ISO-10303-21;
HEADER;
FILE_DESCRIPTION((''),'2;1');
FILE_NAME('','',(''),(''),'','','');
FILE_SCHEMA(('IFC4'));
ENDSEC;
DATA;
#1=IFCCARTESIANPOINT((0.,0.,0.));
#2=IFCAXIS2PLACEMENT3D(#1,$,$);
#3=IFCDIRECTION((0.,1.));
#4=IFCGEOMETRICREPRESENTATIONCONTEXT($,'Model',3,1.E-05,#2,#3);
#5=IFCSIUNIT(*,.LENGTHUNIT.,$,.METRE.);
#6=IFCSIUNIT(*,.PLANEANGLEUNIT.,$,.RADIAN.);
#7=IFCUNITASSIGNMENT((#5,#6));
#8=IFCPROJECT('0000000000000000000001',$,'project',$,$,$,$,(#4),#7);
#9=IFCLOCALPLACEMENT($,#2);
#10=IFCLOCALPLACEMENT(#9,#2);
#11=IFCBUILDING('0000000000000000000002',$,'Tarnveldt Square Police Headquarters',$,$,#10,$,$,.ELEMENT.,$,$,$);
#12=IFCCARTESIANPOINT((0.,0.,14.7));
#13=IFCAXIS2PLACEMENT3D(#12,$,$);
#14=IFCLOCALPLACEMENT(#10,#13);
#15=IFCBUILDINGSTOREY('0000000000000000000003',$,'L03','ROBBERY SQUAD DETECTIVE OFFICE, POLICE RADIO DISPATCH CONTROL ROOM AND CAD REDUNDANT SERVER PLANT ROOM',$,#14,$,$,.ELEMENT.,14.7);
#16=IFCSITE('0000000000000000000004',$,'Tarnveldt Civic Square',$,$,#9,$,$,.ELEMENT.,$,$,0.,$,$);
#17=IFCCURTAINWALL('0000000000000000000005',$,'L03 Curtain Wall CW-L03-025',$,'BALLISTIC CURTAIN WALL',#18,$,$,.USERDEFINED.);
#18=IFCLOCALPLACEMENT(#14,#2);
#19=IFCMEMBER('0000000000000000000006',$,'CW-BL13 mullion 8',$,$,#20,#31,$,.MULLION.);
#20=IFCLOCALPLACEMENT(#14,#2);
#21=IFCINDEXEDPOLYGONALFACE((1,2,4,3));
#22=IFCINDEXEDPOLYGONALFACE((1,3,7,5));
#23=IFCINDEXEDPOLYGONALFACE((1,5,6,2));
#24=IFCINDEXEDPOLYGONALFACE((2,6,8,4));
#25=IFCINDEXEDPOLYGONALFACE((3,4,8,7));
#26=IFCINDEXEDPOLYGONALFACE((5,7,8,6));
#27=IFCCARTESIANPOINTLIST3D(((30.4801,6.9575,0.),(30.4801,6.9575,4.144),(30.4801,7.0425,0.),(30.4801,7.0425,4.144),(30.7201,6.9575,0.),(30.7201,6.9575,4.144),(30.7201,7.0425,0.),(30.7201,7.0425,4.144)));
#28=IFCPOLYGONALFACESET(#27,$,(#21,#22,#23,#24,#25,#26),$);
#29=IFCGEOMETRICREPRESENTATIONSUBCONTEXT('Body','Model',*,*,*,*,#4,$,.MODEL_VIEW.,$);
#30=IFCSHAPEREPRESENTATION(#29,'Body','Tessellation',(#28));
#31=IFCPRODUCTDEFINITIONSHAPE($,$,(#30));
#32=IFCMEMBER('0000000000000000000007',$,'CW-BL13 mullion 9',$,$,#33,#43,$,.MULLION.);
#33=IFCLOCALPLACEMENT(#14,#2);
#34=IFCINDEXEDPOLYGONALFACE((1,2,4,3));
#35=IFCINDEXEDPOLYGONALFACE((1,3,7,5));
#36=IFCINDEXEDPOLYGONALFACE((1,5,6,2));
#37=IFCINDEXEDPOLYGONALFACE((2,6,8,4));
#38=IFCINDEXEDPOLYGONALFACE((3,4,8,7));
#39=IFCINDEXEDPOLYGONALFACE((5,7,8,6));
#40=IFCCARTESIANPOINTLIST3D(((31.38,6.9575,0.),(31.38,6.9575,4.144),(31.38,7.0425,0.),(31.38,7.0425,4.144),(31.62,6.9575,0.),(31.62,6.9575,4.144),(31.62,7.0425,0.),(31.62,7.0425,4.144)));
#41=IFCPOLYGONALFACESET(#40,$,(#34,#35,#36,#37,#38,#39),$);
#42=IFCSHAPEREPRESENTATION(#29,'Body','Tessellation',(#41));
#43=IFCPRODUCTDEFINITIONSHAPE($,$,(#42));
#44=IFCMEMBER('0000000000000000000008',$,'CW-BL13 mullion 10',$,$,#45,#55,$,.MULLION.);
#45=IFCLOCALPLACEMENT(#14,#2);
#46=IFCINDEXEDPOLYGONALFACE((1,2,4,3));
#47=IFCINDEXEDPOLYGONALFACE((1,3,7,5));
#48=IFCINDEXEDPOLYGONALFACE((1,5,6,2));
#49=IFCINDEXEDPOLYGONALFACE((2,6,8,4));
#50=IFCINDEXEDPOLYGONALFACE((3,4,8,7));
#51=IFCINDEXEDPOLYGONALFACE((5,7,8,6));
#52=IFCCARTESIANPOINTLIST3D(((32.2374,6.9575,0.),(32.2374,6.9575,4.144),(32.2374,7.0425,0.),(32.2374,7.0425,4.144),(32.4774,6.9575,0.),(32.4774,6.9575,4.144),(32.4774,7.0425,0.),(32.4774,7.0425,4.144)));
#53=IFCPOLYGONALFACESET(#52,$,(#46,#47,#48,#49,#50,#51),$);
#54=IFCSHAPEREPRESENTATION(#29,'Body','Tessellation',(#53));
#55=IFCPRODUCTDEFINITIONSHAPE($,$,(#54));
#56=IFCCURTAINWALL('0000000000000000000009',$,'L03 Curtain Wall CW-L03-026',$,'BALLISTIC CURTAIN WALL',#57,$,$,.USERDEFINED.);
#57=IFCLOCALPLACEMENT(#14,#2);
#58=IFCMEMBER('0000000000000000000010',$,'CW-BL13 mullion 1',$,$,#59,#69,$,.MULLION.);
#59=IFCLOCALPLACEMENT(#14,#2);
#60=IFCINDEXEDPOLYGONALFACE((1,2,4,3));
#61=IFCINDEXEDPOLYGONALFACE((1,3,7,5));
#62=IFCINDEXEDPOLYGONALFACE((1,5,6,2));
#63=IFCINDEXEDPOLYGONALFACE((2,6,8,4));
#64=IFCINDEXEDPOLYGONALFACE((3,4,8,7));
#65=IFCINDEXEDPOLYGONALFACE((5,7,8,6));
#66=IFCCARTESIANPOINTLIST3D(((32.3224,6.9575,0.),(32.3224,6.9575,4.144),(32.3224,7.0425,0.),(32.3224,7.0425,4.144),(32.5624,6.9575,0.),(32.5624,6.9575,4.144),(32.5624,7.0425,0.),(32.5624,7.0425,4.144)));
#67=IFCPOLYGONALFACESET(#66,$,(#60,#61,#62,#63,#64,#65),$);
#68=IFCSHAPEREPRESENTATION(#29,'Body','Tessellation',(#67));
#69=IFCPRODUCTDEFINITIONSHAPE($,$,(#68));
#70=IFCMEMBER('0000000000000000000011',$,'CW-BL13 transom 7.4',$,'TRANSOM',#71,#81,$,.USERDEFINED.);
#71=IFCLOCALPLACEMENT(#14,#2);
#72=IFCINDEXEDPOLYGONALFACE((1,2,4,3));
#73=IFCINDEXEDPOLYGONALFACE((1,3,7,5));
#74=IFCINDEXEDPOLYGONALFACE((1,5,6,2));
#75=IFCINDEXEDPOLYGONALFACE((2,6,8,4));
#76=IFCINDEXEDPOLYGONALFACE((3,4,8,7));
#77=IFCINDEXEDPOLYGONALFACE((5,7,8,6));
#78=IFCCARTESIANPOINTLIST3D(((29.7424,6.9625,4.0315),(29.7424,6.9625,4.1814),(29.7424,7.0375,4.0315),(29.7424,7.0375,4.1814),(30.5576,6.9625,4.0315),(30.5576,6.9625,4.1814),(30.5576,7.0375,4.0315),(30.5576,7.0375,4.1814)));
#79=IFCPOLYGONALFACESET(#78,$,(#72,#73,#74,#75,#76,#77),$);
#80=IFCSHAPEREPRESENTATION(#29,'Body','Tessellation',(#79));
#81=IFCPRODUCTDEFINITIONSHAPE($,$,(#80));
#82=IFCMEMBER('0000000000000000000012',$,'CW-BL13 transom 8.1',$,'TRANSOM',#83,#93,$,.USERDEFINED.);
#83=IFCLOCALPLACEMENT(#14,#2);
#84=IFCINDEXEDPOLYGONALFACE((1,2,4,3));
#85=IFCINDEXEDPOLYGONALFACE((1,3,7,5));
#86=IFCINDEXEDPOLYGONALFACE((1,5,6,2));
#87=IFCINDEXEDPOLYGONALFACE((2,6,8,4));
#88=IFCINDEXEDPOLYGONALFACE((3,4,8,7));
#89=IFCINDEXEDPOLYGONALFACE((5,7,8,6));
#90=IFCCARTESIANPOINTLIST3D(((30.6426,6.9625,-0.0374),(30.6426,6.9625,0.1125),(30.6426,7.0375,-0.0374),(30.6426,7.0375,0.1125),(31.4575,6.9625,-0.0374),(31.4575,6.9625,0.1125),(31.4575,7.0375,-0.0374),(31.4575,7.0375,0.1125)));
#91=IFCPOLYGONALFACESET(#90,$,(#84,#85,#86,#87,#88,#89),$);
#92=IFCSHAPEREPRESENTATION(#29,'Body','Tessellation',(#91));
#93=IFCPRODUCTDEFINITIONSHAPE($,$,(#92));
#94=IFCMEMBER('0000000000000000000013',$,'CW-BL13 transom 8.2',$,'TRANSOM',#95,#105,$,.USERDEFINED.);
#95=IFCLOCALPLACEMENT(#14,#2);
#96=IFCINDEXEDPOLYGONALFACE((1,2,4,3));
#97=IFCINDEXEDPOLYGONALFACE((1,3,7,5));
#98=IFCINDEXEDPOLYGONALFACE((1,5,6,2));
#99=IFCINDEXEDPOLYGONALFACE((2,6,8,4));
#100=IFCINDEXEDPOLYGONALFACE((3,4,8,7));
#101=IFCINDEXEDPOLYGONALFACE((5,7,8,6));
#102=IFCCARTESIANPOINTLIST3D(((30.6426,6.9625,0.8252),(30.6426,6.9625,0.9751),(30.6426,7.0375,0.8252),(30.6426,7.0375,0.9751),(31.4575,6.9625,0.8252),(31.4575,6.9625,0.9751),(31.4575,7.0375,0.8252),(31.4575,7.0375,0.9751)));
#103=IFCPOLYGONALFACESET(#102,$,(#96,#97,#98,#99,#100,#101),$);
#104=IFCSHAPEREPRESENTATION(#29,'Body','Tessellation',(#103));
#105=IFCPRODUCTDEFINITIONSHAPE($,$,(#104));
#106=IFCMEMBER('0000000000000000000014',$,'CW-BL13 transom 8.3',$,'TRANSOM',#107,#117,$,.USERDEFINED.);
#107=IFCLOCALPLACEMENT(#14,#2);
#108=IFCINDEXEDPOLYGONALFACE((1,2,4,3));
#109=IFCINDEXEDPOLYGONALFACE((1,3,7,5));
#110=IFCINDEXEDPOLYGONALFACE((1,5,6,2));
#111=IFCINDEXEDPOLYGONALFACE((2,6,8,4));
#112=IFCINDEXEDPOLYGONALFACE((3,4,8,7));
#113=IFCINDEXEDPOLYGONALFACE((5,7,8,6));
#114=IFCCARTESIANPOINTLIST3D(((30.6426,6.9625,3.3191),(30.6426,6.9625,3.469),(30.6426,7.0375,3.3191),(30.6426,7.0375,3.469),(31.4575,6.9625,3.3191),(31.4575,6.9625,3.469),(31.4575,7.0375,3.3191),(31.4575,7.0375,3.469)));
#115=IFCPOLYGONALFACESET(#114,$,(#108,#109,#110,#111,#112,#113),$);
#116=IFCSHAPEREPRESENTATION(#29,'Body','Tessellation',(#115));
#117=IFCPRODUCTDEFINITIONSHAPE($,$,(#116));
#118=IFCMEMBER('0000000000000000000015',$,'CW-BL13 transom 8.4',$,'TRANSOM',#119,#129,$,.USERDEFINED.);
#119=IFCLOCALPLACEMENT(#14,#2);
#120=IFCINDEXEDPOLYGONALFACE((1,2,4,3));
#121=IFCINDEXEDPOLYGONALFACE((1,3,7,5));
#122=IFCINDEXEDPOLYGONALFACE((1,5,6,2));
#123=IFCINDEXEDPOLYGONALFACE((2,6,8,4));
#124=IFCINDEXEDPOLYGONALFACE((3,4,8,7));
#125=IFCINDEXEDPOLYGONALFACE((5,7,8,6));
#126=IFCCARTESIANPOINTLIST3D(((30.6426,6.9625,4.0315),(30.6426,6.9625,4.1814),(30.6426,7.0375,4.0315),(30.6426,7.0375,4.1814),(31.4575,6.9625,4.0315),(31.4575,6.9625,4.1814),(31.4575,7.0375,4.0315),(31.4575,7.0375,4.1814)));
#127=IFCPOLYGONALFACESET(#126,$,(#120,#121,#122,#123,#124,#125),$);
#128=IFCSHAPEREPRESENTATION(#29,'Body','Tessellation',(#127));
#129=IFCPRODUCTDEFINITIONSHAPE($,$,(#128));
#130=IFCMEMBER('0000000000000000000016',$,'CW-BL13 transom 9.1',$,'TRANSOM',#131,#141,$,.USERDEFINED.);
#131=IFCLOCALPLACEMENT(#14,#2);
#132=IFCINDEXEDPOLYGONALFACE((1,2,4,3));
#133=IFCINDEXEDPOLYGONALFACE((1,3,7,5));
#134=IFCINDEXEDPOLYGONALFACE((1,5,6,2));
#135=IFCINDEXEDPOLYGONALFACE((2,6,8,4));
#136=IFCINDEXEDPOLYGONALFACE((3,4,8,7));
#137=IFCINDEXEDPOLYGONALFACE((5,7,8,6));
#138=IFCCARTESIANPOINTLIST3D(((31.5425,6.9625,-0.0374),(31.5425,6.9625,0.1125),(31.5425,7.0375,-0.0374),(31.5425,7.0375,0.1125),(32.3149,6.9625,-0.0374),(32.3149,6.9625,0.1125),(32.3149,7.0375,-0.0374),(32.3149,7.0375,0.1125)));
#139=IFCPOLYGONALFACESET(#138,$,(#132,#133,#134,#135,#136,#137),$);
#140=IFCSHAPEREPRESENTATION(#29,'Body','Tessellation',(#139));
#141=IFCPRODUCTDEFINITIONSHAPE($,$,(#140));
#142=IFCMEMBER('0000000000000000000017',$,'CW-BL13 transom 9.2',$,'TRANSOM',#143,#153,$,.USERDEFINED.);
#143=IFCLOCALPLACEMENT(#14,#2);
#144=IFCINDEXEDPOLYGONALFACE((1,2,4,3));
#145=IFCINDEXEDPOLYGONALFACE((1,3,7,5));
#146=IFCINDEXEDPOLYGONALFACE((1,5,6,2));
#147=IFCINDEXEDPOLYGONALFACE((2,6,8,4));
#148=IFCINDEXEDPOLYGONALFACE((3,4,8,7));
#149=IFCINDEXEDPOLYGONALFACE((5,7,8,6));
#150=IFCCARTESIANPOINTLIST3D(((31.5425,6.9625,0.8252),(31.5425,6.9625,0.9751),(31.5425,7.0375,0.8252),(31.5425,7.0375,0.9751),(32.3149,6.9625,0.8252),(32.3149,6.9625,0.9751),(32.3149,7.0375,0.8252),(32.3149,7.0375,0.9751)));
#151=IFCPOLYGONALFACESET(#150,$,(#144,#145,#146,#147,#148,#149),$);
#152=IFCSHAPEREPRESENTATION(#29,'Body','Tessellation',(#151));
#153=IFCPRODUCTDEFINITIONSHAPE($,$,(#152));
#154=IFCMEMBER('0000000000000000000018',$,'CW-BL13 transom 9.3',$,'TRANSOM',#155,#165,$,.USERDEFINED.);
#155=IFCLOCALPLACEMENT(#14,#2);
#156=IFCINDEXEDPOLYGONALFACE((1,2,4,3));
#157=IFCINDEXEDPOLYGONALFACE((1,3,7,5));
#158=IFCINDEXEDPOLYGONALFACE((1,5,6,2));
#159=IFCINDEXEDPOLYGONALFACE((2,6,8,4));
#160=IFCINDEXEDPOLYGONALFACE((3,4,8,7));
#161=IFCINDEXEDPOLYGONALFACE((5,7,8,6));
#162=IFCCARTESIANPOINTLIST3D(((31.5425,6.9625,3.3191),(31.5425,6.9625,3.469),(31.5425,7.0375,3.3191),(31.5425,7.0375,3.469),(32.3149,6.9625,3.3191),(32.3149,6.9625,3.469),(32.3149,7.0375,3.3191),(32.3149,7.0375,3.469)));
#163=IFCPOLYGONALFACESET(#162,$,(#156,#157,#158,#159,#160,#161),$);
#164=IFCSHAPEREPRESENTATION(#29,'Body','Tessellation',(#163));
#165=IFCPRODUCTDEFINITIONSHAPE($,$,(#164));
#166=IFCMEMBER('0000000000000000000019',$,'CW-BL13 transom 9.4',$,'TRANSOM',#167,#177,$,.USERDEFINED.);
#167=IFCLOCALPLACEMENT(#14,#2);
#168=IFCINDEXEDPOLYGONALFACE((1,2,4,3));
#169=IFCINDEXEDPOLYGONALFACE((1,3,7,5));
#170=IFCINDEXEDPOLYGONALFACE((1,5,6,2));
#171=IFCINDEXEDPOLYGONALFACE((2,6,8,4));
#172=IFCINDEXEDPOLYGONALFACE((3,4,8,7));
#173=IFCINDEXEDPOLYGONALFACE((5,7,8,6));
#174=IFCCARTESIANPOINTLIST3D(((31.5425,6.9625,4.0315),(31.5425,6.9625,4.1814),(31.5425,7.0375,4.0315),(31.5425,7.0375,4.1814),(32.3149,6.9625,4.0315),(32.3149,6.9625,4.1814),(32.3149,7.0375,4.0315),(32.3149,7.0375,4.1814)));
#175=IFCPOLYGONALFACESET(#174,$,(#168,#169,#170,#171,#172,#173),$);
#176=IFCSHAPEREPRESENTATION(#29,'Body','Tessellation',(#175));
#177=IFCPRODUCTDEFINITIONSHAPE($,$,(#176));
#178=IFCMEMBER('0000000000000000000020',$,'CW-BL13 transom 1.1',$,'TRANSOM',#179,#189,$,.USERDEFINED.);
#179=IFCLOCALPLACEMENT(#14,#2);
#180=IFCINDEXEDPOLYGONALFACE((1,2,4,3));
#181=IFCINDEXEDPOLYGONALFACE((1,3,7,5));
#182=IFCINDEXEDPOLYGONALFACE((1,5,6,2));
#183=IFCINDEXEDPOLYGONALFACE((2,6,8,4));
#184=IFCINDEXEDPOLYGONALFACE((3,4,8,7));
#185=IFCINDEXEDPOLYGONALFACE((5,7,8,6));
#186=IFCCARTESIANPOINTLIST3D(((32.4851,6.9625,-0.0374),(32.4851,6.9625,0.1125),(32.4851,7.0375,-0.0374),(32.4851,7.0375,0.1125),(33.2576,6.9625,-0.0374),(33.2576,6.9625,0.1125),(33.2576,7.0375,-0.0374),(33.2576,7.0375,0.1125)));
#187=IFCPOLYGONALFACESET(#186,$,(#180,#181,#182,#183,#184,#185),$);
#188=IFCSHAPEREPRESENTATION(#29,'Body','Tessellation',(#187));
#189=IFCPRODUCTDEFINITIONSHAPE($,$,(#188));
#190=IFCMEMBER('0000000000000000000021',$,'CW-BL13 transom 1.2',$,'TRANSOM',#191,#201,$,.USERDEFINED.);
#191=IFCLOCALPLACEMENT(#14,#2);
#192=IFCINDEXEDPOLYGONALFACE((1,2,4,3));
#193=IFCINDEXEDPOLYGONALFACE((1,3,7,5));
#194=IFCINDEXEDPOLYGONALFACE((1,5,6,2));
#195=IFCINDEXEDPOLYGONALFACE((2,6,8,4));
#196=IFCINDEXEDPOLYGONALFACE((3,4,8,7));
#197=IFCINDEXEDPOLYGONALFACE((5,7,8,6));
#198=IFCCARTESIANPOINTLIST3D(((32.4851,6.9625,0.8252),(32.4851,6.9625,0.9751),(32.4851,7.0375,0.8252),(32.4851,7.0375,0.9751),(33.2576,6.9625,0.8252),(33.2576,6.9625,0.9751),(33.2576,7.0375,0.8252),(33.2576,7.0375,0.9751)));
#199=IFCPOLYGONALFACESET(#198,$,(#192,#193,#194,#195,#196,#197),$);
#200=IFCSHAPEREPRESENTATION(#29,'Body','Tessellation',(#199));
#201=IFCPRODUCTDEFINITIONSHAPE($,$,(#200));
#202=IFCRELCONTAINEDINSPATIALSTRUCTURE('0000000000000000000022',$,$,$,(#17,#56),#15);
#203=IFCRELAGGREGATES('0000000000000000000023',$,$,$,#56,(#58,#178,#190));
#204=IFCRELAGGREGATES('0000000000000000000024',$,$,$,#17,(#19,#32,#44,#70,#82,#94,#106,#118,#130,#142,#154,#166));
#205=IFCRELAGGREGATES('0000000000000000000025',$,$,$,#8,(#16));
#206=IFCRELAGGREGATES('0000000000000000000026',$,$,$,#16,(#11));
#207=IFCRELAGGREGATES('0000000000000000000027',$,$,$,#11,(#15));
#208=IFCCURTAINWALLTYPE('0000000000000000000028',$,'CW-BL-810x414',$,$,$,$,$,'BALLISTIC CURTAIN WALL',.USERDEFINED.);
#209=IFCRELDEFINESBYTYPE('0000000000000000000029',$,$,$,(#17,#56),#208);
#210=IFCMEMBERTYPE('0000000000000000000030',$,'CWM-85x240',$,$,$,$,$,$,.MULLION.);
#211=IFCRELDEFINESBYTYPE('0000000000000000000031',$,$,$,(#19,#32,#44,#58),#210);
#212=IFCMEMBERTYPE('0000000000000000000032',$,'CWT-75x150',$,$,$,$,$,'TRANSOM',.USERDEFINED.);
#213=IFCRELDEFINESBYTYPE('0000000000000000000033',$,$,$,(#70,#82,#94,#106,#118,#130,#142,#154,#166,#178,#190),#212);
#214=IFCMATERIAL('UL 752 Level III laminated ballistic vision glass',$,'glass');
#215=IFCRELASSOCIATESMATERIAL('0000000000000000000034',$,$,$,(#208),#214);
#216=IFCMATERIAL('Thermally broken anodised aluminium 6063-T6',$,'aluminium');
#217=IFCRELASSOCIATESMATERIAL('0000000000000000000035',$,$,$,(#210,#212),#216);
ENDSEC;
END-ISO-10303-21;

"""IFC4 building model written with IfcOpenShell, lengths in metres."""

from ifc_helpers import new_model, si_unit, direction, frame, origin, origin_2d, place, context, subcontext, project, spatial, rectangle, extrude, material, material_profile, profile_set, type_object, element, aggregate, save


model = new_model("IFC4")

# Units and contexts
model_context = context("Model", 3, precision=1e-05, world=origin(), true_north=direction((0.0, 1.0)))
body_context = subcontext(model_context, "Body", "Model", "MODEL_VIEW")
ifc_project = project(units=[si_unit("LENGTHUNIT", "METRE"), si_unit("PLANEANGLEUNIT", "RADIAN")], contexts=[model_context])

# Site, building, storey
site_placement = place(None, origin())
site = spatial("IfcSite", under=ifc_project, at=site_placement, Name="Tarnveldt Civic Square", CompositionType="ELEMENT", RefElevation=0.0)
building_placement = place(site_placement, origin())
building = spatial("IfcBuilding", under=site, at=building_placement, Name="Tarnveldt Square Police Headquarters", CompositionType="ELEMENT")
storey_placement = place(building_placement, frame((0.0, 0.0, 14.7)))
storey = spatial("IfcBuildingStorey", under=building, at=storey_placement, Name="L03", Description="ROBBERY SQUAD DETECTIVE OFFICE, POLICE RADIO DISPATCH CONTROL ROOM AND CAD REDUNDANT SERVER PLANT ROOM", CompositionType="ELEMENT", Elevation=14.7)

# Curtain wall, members
ifc_material_1 = material(Name="UL 752 Level III laminated ballistic vision glass", Category="glass")
curtain_wall_type = type_object("IfcCurtainWallType", Name="CW-BL-810x414", ElementType="BALLISTIC CURTAIN WALL", PredefinedType="USERDEFINED", material=ifc_material_1)
curtain_wall_1_placement = place(storey_placement, origin())
curtain_wall_1 = element("IfcCurtainWall", 1, at=curtain_wall_1_placement, inside=storey, type_object=curtain_wall_type, Name="L03 Curtain Wall CW-L03-025", ObjectType="BALLISTIC CURTAIN WALL", PredefinedType="USERDEFINED")
ifc_material_2 = material(Name="Thermally broken anodised aluminium 6063-T6", Category="aluminium")
ifc_material_profile_1 = material_profile(ifc_material_2, rectangle(XDim=0.085, YDim=0.24, at=origin_2d()), Name="CW-M85x240")
ifc_profile_set_1 = profile_set([ifc_material_profile_1], Name="Thermally broken anodised aluminium 6063-T6")
member_type_1 = type_object("IfcMemberType", Name="CWM-85x240", PredefinedType="MULLION", material=ifc_profile_set_1)
member_1_placement = place(storey_placement, frame((30.6001, 7.0, 0.0), z_axis=(0.0, 0.0, 1.0), x_axis=(0.0, 1.0, 0.0)))
member_1 = element("IfcMember", 2, at=member_1_placement, type_object=member_type_1, Name="CW-BL13 mullion 8", PredefinedType="MULLION", context=body_context, shape_type="SweptSolid", body=[
    extrude(rectangle(XDim=0.085, YDim=0.24, at=origin_2d()), origin(), (0.0, 0.0, 1.0), 4.144),
])
member_2_placement = place(storey_placement, frame((31.5, 7.0, 0.0), z_axis=(0.0, 0.0, 1.0), x_axis=(0.0, 1.0, 0.0)))
member_2 = element("IfcMember", 3, at=member_2_placement, type_object=member_type_1, Name="CW-BL13 mullion 9", PredefinedType="MULLION", context=body_context, shape_type="SweptSolid", body=[
    extrude(rectangle(XDim=0.085, YDim=0.24, at=origin_2d()), origin(), (0.0, 0.0, 1.0), 4.144),
])
member_3_placement = place(storey_placement, frame((32.3574, 7.0, 0.0), z_axis=(0.0, 0.0, 1.0), x_axis=(0.0, 1.0, 0.0)))
member_3 = element("IfcMember", 4, at=member_3_placement, type_object=member_type_1, Name="CW-BL13 mullion 10", PredefinedType="MULLION", context=body_context, shape_type="SweptSolid", body=[
    extrude(rectangle(XDim=0.085, YDim=0.24, at=origin_2d()), origin(), (0.0, 0.0, 1.0), 4.144),
])

# Curtain wall, member
curtain_wall_2_placement = place(storey_placement, origin())
curtain_wall_2 = element("IfcCurtainWall", 5, at=curtain_wall_2_placement, inside=storey, type_object=curtain_wall_type, Name="L03 Curtain Wall CW-L03-026", ObjectType="BALLISTIC CURTAIN WALL", PredefinedType="USERDEFINED")
member_4_placement = place(storey_placement, frame((32.4424, 7.0, 0.0), z_axis=(0.0, 0.0, 1.0), x_axis=(0.0, 1.0, 0.0)))
member_4 = element("IfcMember", 6, at=member_4_placement, type_object=member_type_1, Name="CW-BL13 mullion 1", PredefinedType="MULLION", context=body_context, shape_type="SweptSolid", body=[
    extrude(rectangle(XDim=0.085, YDim=0.24, at=origin_2d()), origin(), (0.0, 0.0, 1.0), 4.144),
])

# Members
ifc_material_profile_2 = material_profile(ifc_material_2, rectangle(XDim=0.075, YDim=0.1499, at=origin_2d()), Name="CW-T75x150")
ifc_profile_set_2 = profile_set([ifc_material_profile_2], Name="Thermally broken anodised aluminium 6063-T6")
member_type_2 = type_object("IfcMemberType", Name="CWT-75x150", ElementType="TRANSOM", PredefinedType="USERDEFINED", material=ifc_profile_set_2)
member_5_placement = place(storey_placement, frame((29.7424, 7.0, 4.1064), z_axis=(1.0, 0.0, 0.0), x_axis=(0.0, 1.0, 0.0)))
member_5 = element("IfcMember", 7, at=member_5_placement, type_object=member_type_2, Name="CW-BL13 transom 7.4", ObjectType="TRANSOM", PredefinedType="USERDEFINED", context=body_context, shape_type="SweptSolid", body=[
    extrude(rectangle(XDim=0.075, YDim=0.1499, at=origin_2d()), origin(), (0.0, 0.0, 1.0), 0.8152),
])
member_6_placement = place(storey_placement, frame((30.6426, 7.0, 0.0376), z_axis=(1.0, 0.0, 0.0), x_axis=(0.0, 1.0, 0.0)))
member_6 = element("IfcMember", 8, at=member_6_placement, type_object=member_type_2, Name="CW-BL13 transom 8.1", ObjectType="TRANSOM", PredefinedType="USERDEFINED", context=body_context, shape_type="SweptSolid", body=[
    extrude(rectangle(XDim=0.075, YDim=0.1499, at=origin_2d()), origin(), (0.0, 0.0, 1.0), 0.8149),
])
member_7_placement = place(storey_placement, frame((30.6426, 7.0, 0.9001), z_axis=(1.0, 0.0, 0.0), x_axis=(0.0, 1.0, 0.0)))
member_7 = element("IfcMember", 9, at=member_7_placement, type_object=member_type_2, Name="CW-BL13 transom 8.2", ObjectType="TRANSOM", PredefinedType="USERDEFINED", context=body_context, shape_type="SweptSolid", body=[
    extrude(rectangle(XDim=0.075, YDim=0.1499, at=origin_2d()), origin(), (0.0, 0.0, 1.0), 0.8149),
])
member_8_placement = place(storey_placement, frame((30.6426, 7.0, 3.394), z_axis=(1.0, 0.0, 0.0), x_axis=(0.0, 1.0, 0.0)))
member_8 = element("IfcMember", 10, at=member_8_placement, type_object=member_type_2, Name="CW-BL13 transom 8.3", ObjectType="TRANSOM", PredefinedType="USERDEFINED", context=body_context, shape_type="SweptSolid", body=[
    extrude(rectangle(XDim=0.075, YDim=0.1499, at=origin_2d()), origin(), (0.0, 0.0, 1.0), 0.8149),
])
member_9_placement = place(storey_placement, frame((30.6426, 7.0, 4.1064), z_axis=(1.0, 0.0, 0.0), x_axis=(0.0, 1.0, 0.0)))
member_9 = element("IfcMember", 11, at=member_9_placement, type_object=member_type_2, Name="CW-BL13 transom 8.4", ObjectType="TRANSOM", PredefinedType="USERDEFINED", context=body_context, shape_type="SweptSolid", body=[
    extrude(rectangle(XDim=0.075, YDim=0.1499, at=origin_2d()), origin(), (0.0, 0.0, 1.0), 0.8149),
])
member_10_placement = place(storey_placement, frame((31.5425, 7.0, 0.0376), z_axis=(1.0, 0.0, 0.0), x_axis=(0.0, 1.0, 0.0)))
member_10 = element("IfcMember", 12, at=member_10_placement, type_object=member_type_2, Name="CW-BL13 transom 9.1", ObjectType="TRANSOM", PredefinedType="USERDEFINED", context=body_context, shape_type="SweptSolid", body=[
    extrude(rectangle(XDim=0.075, YDim=0.1499, at=origin_2d()), origin(), (0.0, 0.0, 1.0), 0.7725),
])
member_11_placement = place(storey_placement, frame((31.5425, 7.0, 0.9001), z_axis=(1.0, 0.0, 0.0), x_axis=(0.0, 1.0, 0.0)))
member_11 = element("IfcMember", 13, at=member_11_placement, type_object=member_type_2, Name="CW-BL13 transom 9.2", ObjectType="TRANSOM", PredefinedType="USERDEFINED", context=body_context, shape_type="SweptSolid", body=[
    extrude(rectangle(XDim=0.075, YDim=0.1499, at=origin_2d()), origin(), (0.0, 0.0, 1.0), 0.7725),
])
member_12_placement = place(storey_placement, frame((31.5425, 7.0, 3.394), z_axis=(1.0, 0.0, 0.0), x_axis=(0.0, 1.0, 0.0)))
member_12 = element("IfcMember", 14, at=member_12_placement, type_object=member_type_2, Name="CW-BL13 transom 9.3", ObjectType="TRANSOM", PredefinedType="USERDEFINED", context=body_context, shape_type="SweptSolid", body=[
    extrude(rectangle(XDim=0.075, YDim=0.1499, at=origin_2d()), origin(), (0.0, 0.0, 1.0), 0.7725),
])
member_13_placement = place(storey_placement, frame((31.5425, 7.0, 4.1064), z_axis=(1.0, 0.0, 0.0), x_axis=(0.0, 1.0, 0.0)))
member_13 = element("IfcMember", 15, at=member_13_placement, type_object=member_type_2, Name="CW-BL13 transom 9.4", ObjectType="TRANSOM", PredefinedType="USERDEFINED", context=body_context, shape_type="SweptSolid", body=[
    extrude(rectangle(XDim=0.075, YDim=0.1499, at=origin_2d()), origin(), (0.0, 0.0, 1.0), 0.7725),
])
member_14_placement = place(storey_placement, frame((32.4851, 7.0, 0.0376), z_axis=(1.0, 0.0, 0.0), x_axis=(0.0, 1.0, 0.0)))
member_14 = element("IfcMember", 16, at=member_14_placement, type_object=member_type_2, Name="CW-BL13 transom 1.1", ObjectType="TRANSOM", PredefinedType="USERDEFINED", context=body_context, shape_type="SweptSolid", body=[
    extrude(rectangle(XDim=0.075, YDim=0.1499, at=origin_2d()), origin(), (0.0, 0.0, 1.0), 0.7725),
])
member_15_placement = place(storey_placement, frame((32.4851, 7.0, 0.9001), z_axis=(1.0, 0.0, 0.0), x_axis=(0.0, 1.0, 0.0)))
member_15 = element("IfcMember", 17, at=member_15_placement, type_object=member_type_2, Name="CW-BL13 transom 1.2", ObjectType="TRANSOM", PredefinedType="USERDEFINED", context=body_context, shape_type="SweptSolid", body=[
    extrude(rectangle(XDim=0.075, YDim=0.1499, at=origin_2d()), origin(), (0.0, 0.0, 1.0), 0.7725),
])
aggregate(curtain_wall_2, [member_4, member_14, member_15])

aggregate(curtain_wall_1, [member_1, member_2, member_3, member_5, member_6, member_7, member_8, member_9, member_10, member_11, member_12, member_13])

save(model, "model.ifc")
